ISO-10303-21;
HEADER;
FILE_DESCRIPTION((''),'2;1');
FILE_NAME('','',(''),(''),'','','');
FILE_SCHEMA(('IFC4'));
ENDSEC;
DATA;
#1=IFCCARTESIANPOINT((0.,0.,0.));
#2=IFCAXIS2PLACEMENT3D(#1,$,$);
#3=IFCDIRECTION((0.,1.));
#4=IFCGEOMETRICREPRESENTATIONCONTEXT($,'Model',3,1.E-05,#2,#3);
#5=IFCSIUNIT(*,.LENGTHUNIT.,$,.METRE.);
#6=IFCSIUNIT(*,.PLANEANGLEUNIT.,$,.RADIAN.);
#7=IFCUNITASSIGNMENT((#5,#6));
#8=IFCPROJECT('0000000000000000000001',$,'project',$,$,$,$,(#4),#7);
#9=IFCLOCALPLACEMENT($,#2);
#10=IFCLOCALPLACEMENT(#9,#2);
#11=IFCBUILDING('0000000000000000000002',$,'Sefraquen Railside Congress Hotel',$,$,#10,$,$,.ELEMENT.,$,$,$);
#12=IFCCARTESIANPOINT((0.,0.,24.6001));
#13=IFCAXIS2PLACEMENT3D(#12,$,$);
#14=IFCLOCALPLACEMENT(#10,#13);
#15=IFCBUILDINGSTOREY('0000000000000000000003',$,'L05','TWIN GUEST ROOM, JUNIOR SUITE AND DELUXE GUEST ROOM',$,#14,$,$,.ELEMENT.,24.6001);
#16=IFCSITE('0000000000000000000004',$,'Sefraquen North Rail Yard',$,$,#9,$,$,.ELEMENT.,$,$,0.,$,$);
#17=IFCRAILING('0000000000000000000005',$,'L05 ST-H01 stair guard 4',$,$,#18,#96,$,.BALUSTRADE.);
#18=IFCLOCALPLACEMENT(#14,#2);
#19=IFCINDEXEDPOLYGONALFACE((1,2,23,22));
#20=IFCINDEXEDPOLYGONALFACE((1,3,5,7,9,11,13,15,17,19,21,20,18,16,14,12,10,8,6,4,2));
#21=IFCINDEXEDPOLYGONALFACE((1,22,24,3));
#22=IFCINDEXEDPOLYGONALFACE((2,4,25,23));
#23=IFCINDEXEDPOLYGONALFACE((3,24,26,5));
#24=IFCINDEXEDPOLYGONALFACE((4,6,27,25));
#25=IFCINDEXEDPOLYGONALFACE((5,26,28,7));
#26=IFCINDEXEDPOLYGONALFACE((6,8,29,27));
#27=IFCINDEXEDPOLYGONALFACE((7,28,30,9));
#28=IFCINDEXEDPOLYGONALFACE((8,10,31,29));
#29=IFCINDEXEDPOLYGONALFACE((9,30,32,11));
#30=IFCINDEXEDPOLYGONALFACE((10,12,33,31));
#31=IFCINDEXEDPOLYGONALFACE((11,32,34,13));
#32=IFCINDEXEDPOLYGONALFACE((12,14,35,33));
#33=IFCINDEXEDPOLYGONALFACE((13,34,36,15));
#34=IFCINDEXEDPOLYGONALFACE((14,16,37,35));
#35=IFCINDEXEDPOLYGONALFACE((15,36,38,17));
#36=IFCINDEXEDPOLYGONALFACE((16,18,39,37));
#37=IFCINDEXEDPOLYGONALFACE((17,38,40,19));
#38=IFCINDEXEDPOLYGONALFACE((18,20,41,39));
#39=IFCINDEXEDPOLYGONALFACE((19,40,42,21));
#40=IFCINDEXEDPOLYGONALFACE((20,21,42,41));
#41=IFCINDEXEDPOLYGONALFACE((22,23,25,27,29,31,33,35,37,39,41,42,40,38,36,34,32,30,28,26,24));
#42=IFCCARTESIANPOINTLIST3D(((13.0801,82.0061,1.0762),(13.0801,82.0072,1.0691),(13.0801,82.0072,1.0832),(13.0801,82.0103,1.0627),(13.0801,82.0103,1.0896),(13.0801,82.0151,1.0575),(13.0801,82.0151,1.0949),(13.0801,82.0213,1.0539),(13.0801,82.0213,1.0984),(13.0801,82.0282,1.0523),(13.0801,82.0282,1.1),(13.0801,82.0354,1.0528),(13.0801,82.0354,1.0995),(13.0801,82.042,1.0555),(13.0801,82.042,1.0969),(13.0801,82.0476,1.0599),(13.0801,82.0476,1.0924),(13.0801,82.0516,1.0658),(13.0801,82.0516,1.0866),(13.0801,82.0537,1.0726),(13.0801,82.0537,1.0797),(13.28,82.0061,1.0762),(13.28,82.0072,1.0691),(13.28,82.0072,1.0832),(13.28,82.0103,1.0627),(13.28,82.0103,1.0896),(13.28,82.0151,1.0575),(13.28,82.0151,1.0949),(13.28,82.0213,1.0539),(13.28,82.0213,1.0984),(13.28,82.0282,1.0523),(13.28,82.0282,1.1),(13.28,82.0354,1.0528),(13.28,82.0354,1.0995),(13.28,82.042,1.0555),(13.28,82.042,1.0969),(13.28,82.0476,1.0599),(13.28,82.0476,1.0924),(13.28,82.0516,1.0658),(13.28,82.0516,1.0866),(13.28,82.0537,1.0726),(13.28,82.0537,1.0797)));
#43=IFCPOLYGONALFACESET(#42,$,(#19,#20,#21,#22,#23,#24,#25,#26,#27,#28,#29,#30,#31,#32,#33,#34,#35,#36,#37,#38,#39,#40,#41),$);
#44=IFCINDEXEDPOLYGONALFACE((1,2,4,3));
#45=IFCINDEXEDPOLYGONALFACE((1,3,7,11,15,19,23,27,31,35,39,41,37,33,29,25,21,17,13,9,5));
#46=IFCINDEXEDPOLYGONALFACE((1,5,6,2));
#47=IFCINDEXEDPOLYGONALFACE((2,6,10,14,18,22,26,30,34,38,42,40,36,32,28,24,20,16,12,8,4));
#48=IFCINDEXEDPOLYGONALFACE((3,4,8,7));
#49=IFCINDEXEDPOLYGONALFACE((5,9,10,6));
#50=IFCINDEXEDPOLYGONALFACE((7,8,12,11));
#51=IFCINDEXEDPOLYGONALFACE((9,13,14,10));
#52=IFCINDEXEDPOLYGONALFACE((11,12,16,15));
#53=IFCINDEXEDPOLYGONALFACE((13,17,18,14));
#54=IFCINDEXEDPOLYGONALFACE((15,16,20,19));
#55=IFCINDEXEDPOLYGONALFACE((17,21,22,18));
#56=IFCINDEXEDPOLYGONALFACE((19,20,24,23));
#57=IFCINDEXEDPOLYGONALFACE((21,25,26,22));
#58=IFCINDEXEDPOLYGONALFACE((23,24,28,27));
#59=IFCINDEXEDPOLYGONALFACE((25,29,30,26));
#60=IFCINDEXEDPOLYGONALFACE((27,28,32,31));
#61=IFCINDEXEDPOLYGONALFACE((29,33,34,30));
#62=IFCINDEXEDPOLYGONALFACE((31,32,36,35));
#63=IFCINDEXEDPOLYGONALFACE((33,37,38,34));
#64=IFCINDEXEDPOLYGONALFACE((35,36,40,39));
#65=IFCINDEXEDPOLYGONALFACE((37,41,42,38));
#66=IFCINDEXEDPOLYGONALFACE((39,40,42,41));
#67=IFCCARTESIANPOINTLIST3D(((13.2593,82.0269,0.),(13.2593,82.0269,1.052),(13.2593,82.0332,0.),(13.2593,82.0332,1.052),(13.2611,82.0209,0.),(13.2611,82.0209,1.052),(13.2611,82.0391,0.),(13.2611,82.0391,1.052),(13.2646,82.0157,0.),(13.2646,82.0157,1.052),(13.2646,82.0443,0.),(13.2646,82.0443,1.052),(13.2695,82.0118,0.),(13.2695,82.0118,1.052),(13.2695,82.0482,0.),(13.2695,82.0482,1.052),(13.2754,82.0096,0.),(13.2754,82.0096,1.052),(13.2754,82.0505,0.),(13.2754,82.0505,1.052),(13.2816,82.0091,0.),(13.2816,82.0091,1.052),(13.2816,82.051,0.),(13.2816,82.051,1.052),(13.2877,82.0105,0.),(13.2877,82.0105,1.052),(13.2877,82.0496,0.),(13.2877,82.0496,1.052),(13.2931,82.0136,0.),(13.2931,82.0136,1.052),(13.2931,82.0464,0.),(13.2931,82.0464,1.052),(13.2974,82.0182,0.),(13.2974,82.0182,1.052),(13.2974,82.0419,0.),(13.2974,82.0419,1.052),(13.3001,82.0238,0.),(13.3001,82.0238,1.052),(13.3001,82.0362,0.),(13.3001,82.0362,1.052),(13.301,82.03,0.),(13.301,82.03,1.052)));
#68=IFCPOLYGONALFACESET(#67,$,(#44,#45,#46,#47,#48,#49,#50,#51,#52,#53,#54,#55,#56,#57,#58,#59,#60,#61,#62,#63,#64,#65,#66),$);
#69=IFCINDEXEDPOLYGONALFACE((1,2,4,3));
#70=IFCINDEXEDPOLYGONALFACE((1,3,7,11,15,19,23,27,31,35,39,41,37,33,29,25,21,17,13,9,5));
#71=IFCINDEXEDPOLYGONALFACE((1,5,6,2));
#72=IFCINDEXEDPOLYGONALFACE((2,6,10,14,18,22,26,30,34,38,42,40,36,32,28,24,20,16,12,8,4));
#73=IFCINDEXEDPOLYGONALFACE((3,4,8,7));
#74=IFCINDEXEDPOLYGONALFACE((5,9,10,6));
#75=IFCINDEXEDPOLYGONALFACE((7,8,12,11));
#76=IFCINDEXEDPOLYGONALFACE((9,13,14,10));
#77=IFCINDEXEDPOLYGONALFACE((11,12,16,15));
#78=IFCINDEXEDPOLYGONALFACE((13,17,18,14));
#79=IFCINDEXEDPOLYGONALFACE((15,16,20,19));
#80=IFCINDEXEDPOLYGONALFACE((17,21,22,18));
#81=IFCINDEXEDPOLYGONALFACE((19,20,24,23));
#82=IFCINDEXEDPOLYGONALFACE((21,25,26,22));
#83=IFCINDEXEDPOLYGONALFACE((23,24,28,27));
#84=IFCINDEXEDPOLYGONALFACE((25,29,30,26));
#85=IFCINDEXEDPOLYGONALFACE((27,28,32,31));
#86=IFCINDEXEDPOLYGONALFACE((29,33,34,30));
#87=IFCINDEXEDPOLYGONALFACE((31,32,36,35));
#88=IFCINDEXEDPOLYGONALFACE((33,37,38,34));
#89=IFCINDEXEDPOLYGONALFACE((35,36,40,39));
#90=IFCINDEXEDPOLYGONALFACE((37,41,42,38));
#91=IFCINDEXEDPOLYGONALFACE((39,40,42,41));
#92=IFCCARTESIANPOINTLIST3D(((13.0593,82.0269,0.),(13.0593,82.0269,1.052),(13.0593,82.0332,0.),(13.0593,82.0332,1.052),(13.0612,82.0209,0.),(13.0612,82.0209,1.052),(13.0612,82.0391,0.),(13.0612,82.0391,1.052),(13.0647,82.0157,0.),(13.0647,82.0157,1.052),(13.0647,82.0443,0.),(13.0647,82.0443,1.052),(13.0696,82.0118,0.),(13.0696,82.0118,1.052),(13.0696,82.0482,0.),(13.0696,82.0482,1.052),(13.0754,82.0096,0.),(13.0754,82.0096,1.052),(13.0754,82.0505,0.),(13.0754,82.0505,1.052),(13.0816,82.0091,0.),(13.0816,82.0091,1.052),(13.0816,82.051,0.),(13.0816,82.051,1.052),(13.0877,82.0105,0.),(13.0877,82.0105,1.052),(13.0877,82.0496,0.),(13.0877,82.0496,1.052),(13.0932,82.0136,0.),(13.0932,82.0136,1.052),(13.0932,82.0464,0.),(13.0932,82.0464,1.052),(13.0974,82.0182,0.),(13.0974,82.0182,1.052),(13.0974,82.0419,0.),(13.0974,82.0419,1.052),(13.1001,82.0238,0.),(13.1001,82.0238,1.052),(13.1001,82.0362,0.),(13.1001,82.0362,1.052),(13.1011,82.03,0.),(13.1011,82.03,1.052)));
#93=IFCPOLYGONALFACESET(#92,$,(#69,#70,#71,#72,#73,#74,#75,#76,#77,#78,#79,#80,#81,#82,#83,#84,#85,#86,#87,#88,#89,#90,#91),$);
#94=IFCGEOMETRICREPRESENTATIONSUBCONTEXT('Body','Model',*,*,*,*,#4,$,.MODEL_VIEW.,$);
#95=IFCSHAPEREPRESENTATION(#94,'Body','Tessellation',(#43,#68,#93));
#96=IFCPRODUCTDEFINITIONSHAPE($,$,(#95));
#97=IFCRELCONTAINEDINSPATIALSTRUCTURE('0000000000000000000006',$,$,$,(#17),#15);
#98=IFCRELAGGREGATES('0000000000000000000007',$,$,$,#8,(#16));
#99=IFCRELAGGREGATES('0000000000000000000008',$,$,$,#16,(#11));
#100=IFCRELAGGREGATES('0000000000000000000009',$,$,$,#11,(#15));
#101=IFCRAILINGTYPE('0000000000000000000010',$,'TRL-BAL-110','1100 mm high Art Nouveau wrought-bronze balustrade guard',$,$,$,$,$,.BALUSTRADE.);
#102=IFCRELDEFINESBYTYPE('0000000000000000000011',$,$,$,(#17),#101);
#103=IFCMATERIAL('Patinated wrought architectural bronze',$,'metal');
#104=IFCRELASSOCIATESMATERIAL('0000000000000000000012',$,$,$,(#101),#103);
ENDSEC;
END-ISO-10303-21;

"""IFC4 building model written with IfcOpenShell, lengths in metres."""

from ifc_helpers import new_model, si_unit, direction, frame, origin, origin_2d, place, context, subcontext, project, spatial, circle, extrude, material, type_object, element, save


model = new_model("IFC4")

# Units and contexts
model_context = context("Model", 3, precision=1e-05, world=origin(), true_north=direction((0.0, 1.0)))
body_context = subcontext(model_context, "Body", "Model", "MODEL_VIEW")
ifc_project = project(units=[si_unit("LENGTHUNIT", "METRE"), si_unit("PLANEANGLEUNIT", "RADIAN")], contexts=[model_context])

# Site, building, storey
site_placement = place(None, origin())
site = spatial("IfcSite", under=ifc_project, at=site_placement, Name="Sefraquen North Rail Yard", CompositionType="ELEMENT", RefElevation=0.0)
building_placement = place(site_placement, origin())
building = spatial("IfcBuilding", under=site, at=building_placement, Name="Sefraquen Railside Congress Hotel", CompositionType="ELEMENT")
storey_placement = place(building_placement, frame((0.0, 0.0, 24.6001)))
storey = spatial("IfcBuildingStorey", under=building, at=storey_placement, Name="L05", Description="TWIN GUEST ROOM, JUNIOR SUITE AND DELUXE GUEST ROOM", CompositionType="ELEMENT", Elevation=24.6001)

# Railing
ifc_material_1 = material(Name="Patinated wrought architectural bronze", Category="metal")
railing_type_1 = type_object("IfcRailingType", Name="TRL-BAL-110", Description="1100 mm high Art Nouveau wrought-bronze balustrade guard", PredefinedType="BALUSTRADE", material=ifc_material_1)
railing_1_placement = place(storey_placement, frame((13.28, 82.03, 0.0)))
element("IfcRailing", 1, at=railing_1_placement, inside=storey, type_object=railing_type_1, Name="L05 ST-H01 stair guard 4", PredefinedType="BALUSTRADE", context=body_context, shape_type="SweptSolid", body=[
    extrude(circle(Radius=0.0239, at=origin_2d()), frame((0.0, 0.0, 1.0762), z_axis=(-1.0, 0.0, 0.0), x_axis=(0.0, -1.0, 0.0)), (0.0, 0.0, 1.0), 0.2),
    extrude(circle(Radius=0.021, at=origin_2d()), origin(), (0.0, 0.0, 1.0), 1.052),
    extrude(circle(Radius=0.021, at=origin_2d()), frame((-0.2, 0.0, 0.0)), (0.0, 0.0, 1.0), 1.052),
])

save(model, "model.ifc")
